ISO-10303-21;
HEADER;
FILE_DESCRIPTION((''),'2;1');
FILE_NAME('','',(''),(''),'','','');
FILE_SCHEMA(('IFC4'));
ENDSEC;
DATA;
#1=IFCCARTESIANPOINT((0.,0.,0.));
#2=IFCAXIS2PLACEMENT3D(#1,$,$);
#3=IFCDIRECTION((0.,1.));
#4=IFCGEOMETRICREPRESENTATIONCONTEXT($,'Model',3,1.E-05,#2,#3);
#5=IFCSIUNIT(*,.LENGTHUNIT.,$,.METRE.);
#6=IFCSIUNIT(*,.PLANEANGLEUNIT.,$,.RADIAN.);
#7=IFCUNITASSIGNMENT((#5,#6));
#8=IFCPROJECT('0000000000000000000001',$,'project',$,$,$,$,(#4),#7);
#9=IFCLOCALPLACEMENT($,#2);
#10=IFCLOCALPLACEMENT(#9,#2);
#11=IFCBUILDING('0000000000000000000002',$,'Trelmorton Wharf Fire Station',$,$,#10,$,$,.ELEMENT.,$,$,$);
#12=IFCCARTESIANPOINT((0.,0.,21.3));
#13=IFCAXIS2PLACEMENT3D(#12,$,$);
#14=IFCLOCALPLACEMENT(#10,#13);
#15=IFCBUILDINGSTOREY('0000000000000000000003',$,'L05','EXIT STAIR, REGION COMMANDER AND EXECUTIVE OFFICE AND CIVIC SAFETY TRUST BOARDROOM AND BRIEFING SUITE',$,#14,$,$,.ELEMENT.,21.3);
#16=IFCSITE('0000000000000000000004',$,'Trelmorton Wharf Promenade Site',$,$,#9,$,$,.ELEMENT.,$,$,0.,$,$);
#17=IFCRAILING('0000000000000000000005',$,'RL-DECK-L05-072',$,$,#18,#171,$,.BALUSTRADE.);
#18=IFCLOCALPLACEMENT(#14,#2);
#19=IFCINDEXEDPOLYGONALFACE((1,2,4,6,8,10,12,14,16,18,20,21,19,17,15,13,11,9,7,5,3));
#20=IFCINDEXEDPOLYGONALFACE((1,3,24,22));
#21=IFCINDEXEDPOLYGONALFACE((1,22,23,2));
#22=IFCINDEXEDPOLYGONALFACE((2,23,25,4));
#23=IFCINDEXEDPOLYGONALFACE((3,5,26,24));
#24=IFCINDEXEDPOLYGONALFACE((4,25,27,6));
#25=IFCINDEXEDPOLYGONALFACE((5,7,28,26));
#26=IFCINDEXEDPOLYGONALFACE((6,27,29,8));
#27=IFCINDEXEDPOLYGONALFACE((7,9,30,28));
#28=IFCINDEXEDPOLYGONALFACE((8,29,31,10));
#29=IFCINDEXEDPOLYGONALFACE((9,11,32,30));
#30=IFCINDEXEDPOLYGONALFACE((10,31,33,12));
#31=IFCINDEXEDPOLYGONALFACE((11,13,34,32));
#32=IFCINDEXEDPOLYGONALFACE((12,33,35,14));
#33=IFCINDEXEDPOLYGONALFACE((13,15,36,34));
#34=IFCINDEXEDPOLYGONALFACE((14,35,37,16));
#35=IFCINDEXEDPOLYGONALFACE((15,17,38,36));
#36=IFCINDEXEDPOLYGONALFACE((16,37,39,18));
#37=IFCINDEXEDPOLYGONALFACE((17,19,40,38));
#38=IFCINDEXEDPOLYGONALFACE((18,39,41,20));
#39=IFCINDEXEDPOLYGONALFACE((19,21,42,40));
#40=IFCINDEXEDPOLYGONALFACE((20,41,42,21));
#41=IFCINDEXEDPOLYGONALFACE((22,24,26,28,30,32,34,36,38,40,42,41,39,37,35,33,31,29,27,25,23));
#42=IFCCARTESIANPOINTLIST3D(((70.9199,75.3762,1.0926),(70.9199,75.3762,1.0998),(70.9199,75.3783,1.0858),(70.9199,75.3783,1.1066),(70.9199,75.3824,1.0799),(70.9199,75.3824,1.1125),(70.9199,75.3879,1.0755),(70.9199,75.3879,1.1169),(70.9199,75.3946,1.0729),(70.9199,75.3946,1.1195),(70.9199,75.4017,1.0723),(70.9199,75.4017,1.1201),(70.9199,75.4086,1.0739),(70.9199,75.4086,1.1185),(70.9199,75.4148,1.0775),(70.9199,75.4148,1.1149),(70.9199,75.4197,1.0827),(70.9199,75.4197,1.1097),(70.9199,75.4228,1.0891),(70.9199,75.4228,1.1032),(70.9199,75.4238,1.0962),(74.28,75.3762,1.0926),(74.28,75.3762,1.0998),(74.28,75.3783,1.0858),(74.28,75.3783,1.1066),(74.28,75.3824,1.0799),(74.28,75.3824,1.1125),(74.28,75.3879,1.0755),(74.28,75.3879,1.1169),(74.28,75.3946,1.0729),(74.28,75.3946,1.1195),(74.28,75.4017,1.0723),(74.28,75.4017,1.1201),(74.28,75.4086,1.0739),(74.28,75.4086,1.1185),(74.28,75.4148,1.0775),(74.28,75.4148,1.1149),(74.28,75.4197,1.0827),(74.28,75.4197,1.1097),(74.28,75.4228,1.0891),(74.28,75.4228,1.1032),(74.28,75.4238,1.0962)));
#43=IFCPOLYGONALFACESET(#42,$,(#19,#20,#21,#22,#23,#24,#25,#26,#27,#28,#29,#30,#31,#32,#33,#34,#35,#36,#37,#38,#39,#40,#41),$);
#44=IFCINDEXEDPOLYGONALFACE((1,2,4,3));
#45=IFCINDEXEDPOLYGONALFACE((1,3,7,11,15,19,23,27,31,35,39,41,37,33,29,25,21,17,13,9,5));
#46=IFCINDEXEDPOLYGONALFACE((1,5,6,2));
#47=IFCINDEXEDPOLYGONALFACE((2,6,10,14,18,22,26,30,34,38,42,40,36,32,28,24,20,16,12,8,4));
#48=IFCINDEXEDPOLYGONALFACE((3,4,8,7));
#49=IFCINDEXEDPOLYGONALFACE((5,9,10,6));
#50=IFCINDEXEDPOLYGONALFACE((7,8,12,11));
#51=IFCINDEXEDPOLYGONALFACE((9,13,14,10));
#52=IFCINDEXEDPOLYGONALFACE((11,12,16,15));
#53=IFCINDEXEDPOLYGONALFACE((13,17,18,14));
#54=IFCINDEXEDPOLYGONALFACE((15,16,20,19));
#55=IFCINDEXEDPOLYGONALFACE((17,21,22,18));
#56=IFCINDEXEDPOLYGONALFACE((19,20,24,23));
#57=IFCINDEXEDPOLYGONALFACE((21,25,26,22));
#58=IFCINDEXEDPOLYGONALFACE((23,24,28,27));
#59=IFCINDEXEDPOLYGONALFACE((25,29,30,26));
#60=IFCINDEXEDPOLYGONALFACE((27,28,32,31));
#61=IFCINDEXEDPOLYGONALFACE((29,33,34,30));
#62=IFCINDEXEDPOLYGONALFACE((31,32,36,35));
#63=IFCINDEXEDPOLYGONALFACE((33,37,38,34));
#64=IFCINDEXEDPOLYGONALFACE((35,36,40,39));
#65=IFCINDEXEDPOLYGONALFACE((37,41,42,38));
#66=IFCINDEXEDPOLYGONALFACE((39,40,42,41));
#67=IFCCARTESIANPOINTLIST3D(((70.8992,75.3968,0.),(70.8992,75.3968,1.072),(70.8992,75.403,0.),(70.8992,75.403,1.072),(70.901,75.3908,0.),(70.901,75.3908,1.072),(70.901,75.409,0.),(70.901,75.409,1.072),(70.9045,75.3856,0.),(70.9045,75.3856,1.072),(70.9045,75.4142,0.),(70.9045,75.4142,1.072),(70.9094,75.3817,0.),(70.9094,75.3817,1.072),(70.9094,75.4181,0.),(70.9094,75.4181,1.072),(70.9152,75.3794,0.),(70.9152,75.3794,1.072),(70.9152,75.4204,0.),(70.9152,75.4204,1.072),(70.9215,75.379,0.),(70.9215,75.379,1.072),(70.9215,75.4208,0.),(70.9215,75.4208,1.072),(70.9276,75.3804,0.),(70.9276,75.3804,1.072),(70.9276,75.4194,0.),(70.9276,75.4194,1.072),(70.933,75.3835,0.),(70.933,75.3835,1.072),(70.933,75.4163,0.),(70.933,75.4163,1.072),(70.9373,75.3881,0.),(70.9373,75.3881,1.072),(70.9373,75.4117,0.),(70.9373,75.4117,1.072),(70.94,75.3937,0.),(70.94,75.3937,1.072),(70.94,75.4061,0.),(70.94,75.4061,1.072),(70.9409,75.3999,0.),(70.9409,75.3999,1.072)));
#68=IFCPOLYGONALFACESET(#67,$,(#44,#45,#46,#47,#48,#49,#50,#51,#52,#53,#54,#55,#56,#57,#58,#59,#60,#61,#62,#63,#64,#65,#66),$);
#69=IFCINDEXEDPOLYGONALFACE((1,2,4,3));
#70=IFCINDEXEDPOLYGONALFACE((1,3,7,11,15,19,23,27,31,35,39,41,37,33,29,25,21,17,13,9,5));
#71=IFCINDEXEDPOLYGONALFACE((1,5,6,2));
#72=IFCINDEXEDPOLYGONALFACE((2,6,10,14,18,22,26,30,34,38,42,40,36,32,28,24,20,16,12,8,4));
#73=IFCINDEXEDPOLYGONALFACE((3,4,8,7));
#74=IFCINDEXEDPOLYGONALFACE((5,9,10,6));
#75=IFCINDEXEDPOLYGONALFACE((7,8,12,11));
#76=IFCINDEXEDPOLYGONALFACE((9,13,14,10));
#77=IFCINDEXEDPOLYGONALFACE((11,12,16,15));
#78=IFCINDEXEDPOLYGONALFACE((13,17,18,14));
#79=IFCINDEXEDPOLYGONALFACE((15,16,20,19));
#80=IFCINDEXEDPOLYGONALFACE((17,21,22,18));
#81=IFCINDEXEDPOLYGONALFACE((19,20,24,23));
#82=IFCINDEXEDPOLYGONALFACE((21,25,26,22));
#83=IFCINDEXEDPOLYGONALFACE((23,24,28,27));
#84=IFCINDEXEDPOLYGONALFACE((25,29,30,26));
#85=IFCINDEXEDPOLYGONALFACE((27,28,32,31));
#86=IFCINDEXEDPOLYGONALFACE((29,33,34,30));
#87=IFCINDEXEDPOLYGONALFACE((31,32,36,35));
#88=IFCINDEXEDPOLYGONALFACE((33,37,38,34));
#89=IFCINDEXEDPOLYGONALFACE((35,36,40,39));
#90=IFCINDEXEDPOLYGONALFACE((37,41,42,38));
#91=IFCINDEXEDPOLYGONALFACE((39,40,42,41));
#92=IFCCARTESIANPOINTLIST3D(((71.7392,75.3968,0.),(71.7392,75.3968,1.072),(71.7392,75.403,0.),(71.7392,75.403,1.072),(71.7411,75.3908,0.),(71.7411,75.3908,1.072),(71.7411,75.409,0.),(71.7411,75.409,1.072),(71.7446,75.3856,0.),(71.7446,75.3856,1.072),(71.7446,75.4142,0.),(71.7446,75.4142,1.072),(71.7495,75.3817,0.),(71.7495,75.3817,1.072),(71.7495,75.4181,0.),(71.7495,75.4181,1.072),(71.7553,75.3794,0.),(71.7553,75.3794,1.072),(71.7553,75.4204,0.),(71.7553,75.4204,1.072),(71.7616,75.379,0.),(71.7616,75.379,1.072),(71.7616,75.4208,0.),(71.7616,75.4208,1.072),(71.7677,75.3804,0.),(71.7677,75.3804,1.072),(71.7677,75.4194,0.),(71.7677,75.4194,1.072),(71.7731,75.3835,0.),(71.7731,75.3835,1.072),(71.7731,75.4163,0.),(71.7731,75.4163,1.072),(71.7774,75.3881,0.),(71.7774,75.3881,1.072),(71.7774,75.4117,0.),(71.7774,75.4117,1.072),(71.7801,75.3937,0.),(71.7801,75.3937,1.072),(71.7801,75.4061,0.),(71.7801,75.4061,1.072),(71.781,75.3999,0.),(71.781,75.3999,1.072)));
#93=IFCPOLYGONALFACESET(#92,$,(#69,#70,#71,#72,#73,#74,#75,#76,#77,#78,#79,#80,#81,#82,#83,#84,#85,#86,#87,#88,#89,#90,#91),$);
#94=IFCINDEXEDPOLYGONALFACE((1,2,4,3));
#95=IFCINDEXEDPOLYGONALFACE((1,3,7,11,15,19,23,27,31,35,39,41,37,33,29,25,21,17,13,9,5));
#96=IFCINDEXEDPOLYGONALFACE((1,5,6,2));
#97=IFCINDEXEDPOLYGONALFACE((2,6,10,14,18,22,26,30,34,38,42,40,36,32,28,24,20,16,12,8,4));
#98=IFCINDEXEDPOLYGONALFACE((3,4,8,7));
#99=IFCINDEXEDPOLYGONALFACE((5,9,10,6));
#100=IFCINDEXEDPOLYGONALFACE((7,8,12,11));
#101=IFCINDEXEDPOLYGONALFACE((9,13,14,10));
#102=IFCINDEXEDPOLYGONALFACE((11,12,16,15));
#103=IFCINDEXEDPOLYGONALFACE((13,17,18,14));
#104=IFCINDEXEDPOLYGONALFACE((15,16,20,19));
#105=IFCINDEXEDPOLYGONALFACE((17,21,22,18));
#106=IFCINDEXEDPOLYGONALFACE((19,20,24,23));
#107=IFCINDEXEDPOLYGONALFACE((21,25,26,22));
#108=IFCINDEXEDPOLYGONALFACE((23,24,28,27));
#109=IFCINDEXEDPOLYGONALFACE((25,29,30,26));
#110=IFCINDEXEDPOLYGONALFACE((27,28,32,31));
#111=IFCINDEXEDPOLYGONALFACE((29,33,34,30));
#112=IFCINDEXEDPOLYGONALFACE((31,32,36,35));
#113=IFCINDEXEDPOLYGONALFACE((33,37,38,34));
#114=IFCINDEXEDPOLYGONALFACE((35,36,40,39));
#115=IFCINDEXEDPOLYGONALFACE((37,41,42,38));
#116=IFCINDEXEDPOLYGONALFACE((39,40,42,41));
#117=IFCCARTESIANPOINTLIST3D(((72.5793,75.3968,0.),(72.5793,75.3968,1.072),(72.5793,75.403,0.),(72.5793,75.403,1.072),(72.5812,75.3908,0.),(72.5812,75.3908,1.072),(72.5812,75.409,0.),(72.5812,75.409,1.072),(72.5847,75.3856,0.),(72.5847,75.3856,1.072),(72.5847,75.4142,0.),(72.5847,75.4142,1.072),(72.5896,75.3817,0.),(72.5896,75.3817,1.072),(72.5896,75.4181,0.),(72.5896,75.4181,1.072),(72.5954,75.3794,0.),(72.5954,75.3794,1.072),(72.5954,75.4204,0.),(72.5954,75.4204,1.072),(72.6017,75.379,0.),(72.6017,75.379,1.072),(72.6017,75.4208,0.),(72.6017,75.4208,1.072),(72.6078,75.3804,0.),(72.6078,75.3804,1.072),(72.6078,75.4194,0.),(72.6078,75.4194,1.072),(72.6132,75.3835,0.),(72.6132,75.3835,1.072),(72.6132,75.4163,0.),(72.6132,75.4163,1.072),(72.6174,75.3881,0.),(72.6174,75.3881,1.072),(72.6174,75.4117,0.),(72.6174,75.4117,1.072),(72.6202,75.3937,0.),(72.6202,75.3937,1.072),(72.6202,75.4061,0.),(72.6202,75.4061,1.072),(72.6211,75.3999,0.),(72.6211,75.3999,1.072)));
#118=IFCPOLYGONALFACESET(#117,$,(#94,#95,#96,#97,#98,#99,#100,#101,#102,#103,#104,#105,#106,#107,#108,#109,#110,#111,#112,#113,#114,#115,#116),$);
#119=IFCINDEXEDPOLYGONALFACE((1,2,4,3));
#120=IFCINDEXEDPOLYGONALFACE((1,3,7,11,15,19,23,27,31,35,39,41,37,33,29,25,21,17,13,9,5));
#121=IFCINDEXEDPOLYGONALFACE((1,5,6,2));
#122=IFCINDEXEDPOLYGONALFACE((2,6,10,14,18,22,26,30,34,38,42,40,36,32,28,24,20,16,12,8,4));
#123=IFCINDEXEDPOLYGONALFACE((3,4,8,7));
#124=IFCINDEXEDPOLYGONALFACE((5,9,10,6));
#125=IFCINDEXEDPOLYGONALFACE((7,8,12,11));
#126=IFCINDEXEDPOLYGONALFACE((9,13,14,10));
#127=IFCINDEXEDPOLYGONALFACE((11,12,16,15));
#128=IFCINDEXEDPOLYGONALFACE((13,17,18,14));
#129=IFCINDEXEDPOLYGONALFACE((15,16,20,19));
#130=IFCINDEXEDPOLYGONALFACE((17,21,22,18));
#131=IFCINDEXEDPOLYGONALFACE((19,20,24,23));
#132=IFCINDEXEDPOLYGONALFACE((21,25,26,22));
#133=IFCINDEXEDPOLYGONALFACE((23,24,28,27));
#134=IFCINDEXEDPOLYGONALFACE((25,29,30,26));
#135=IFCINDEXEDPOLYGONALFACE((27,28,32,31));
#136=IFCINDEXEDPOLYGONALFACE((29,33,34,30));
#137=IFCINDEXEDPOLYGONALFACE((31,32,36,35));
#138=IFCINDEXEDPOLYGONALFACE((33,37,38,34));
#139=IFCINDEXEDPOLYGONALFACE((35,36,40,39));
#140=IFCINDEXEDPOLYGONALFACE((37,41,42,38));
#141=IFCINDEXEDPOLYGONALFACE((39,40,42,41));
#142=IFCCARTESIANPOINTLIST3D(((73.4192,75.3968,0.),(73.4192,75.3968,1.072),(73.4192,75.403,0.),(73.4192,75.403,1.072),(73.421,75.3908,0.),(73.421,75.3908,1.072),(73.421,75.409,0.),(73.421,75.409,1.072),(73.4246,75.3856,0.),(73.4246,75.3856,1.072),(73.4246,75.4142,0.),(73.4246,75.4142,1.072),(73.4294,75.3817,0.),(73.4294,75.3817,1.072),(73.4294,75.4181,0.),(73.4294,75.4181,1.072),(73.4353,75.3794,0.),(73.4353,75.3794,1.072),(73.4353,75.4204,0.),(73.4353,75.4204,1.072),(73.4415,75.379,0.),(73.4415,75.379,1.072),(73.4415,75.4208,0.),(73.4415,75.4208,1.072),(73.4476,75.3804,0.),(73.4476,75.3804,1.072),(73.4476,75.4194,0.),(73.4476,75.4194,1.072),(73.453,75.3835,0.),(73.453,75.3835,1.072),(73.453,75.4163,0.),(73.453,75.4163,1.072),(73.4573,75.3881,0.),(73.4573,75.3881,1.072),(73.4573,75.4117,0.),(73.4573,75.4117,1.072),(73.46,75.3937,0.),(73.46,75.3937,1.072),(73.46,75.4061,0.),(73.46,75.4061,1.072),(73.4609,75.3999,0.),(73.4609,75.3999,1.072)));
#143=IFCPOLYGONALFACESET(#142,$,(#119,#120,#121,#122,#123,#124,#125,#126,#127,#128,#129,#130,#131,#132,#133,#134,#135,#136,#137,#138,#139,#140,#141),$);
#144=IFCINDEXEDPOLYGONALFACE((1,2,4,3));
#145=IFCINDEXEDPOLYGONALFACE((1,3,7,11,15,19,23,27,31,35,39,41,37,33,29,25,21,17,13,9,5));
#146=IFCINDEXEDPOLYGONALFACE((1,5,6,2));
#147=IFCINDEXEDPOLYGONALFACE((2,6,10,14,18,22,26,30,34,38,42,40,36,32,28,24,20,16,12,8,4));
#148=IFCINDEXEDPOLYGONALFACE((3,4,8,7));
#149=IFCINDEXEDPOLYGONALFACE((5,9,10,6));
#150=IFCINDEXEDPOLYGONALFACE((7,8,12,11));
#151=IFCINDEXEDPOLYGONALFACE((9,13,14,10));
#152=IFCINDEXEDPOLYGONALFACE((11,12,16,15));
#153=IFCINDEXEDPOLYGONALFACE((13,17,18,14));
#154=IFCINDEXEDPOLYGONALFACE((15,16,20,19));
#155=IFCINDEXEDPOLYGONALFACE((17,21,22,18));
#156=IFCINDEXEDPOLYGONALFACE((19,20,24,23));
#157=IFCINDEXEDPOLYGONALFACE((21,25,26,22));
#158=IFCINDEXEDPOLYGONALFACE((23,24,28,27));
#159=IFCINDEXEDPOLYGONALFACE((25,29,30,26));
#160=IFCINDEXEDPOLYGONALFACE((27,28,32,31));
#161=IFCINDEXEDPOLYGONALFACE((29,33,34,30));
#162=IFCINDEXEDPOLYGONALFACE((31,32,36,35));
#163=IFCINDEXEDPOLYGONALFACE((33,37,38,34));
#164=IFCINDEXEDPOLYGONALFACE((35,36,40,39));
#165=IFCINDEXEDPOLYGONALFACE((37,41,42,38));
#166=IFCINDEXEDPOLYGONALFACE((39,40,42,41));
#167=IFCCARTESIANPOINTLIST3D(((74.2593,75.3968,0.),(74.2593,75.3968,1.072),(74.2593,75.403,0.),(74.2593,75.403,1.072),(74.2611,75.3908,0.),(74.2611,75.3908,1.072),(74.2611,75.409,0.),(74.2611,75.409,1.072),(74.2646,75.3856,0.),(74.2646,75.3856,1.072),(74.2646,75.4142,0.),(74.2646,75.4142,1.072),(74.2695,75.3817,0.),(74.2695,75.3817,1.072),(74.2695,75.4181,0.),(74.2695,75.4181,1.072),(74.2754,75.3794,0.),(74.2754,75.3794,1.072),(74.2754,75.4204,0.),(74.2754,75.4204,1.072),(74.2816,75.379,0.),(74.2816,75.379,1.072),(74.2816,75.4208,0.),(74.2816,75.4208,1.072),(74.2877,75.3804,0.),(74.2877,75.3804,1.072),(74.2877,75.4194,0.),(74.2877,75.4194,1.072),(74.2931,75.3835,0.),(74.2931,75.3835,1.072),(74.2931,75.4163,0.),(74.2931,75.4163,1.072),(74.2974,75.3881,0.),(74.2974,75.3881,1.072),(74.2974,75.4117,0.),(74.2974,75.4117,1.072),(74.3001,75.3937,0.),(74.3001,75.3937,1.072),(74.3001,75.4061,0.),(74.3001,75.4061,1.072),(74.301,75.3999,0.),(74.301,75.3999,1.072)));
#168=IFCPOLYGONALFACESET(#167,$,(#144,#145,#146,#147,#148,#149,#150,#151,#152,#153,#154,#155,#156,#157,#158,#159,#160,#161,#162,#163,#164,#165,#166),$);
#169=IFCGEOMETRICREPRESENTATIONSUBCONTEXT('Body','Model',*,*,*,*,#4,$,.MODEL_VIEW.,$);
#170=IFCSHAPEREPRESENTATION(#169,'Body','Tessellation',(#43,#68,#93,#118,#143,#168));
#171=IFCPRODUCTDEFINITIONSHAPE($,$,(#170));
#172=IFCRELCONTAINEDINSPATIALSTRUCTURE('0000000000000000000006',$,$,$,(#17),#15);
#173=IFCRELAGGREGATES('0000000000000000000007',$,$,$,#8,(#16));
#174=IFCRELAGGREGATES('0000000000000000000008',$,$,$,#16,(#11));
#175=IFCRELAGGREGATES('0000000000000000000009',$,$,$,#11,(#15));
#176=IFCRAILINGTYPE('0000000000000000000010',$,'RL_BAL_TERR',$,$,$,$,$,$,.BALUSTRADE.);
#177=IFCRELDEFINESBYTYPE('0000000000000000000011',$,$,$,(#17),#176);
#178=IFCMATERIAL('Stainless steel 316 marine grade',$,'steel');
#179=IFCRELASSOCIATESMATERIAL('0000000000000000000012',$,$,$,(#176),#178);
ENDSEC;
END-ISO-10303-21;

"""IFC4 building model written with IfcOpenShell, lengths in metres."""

from ifc_helpers import new_model, si_unit, direction, frame, origin, origin_2d, place, context, subcontext, project, spatial, circle, extrude, material, type_object, element, save


model = new_model("IFC4")

# Units and contexts
model_context = context("Model", 3, precision=1e-05, world=origin(), true_north=direction((0.0, 1.0)))
body_context = subcontext(model_context, "Body", "Model", "MODEL_VIEW")
ifc_project = project(units=[si_unit("LENGTHUNIT", "METRE"), si_unit("PLANEANGLEUNIT", "RADIAN")], contexts=[model_context])

# Site, building, storey
site_placement = place(None, origin())
site = spatial("IfcSite", under=ifc_project, at=site_placement, Name="Trelmorton Wharf Promenade Site", CompositionType="ELEMENT", RefElevation=0.0)
building_placement = place(site_placement, origin())
building = spatial("IfcBuilding", under=site, at=building_placement, Name="Trelmorton Wharf Fire Station", CompositionType="ELEMENT")
storey_placement = place(building_placement, frame((0.0, 0.0, 21.3)))
storey = spatial("IfcBuildingStorey", under=building, at=storey_placement, Name="L05", Description="EXIT STAIR, REGION COMMANDER AND EXECUTIVE OFFICE AND CIVIC SAFETY TRUST BOARDROOM AND BRIEFING SUITE", CompositionType="ELEMENT", Elevation=21.3)

# Shared definitions
ifc_material_1 = material(Name="Stainless steel 316 marine grade", Category="steel")

# Railing
railing_type_1 = type_object("IfcRailingType", Name="RL_BAL_TERR", PredefinedType="BALUSTRADE", material=ifc_material_1)
railing_1_placement = place(storey_placement, frame((70.9199, 75.3999, 0.0)))
element("IfcRailing", 1, at=railing_1_placement, inside=storey, type_object=railing_type_1, Name="RL-DECK-L05-072", PredefinedType="BALUSTRADE", context=body_context, shape_type="SweptSolid", body=[
    extrude(circle(Radius=0.0239, at=origin_2d()), frame((0.0, 0.0, 1.0962), z_axis=(1.0, 0.0, 0.0), x_axis=(0.0, 1.0, 0.0)), (0.0, 0.0, 1.0), 3.3601),
    extrude(circle(Radius=0.021, at=origin_2d()), origin(), (0.0, 0.0, 1.0), 1.072),
    extrude(circle(Radius=0.021, at=origin_2d()), frame((0.8401, 0.0, 0.0)), (0.0, 0.0, 1.0), 1.072),
    extrude(circle(Radius=0.021, at=origin_2d()), frame((1.6802, 0.0, 0.0)), (0.0, 0.0, 1.0), 1.072),
    extrude(circle(Radius=0.021, at=origin_2d()), frame((2.52, 0.0, 0.0)), (0.0, 0.0, 1.0), 1.072),
    extrude(circle(Radius=0.021, at=origin_2d()), frame((3.3601, 0.0, 0.0)), (0.0, 0.0, 1.0), 1.072),
])

save(model, "model.ifc")
